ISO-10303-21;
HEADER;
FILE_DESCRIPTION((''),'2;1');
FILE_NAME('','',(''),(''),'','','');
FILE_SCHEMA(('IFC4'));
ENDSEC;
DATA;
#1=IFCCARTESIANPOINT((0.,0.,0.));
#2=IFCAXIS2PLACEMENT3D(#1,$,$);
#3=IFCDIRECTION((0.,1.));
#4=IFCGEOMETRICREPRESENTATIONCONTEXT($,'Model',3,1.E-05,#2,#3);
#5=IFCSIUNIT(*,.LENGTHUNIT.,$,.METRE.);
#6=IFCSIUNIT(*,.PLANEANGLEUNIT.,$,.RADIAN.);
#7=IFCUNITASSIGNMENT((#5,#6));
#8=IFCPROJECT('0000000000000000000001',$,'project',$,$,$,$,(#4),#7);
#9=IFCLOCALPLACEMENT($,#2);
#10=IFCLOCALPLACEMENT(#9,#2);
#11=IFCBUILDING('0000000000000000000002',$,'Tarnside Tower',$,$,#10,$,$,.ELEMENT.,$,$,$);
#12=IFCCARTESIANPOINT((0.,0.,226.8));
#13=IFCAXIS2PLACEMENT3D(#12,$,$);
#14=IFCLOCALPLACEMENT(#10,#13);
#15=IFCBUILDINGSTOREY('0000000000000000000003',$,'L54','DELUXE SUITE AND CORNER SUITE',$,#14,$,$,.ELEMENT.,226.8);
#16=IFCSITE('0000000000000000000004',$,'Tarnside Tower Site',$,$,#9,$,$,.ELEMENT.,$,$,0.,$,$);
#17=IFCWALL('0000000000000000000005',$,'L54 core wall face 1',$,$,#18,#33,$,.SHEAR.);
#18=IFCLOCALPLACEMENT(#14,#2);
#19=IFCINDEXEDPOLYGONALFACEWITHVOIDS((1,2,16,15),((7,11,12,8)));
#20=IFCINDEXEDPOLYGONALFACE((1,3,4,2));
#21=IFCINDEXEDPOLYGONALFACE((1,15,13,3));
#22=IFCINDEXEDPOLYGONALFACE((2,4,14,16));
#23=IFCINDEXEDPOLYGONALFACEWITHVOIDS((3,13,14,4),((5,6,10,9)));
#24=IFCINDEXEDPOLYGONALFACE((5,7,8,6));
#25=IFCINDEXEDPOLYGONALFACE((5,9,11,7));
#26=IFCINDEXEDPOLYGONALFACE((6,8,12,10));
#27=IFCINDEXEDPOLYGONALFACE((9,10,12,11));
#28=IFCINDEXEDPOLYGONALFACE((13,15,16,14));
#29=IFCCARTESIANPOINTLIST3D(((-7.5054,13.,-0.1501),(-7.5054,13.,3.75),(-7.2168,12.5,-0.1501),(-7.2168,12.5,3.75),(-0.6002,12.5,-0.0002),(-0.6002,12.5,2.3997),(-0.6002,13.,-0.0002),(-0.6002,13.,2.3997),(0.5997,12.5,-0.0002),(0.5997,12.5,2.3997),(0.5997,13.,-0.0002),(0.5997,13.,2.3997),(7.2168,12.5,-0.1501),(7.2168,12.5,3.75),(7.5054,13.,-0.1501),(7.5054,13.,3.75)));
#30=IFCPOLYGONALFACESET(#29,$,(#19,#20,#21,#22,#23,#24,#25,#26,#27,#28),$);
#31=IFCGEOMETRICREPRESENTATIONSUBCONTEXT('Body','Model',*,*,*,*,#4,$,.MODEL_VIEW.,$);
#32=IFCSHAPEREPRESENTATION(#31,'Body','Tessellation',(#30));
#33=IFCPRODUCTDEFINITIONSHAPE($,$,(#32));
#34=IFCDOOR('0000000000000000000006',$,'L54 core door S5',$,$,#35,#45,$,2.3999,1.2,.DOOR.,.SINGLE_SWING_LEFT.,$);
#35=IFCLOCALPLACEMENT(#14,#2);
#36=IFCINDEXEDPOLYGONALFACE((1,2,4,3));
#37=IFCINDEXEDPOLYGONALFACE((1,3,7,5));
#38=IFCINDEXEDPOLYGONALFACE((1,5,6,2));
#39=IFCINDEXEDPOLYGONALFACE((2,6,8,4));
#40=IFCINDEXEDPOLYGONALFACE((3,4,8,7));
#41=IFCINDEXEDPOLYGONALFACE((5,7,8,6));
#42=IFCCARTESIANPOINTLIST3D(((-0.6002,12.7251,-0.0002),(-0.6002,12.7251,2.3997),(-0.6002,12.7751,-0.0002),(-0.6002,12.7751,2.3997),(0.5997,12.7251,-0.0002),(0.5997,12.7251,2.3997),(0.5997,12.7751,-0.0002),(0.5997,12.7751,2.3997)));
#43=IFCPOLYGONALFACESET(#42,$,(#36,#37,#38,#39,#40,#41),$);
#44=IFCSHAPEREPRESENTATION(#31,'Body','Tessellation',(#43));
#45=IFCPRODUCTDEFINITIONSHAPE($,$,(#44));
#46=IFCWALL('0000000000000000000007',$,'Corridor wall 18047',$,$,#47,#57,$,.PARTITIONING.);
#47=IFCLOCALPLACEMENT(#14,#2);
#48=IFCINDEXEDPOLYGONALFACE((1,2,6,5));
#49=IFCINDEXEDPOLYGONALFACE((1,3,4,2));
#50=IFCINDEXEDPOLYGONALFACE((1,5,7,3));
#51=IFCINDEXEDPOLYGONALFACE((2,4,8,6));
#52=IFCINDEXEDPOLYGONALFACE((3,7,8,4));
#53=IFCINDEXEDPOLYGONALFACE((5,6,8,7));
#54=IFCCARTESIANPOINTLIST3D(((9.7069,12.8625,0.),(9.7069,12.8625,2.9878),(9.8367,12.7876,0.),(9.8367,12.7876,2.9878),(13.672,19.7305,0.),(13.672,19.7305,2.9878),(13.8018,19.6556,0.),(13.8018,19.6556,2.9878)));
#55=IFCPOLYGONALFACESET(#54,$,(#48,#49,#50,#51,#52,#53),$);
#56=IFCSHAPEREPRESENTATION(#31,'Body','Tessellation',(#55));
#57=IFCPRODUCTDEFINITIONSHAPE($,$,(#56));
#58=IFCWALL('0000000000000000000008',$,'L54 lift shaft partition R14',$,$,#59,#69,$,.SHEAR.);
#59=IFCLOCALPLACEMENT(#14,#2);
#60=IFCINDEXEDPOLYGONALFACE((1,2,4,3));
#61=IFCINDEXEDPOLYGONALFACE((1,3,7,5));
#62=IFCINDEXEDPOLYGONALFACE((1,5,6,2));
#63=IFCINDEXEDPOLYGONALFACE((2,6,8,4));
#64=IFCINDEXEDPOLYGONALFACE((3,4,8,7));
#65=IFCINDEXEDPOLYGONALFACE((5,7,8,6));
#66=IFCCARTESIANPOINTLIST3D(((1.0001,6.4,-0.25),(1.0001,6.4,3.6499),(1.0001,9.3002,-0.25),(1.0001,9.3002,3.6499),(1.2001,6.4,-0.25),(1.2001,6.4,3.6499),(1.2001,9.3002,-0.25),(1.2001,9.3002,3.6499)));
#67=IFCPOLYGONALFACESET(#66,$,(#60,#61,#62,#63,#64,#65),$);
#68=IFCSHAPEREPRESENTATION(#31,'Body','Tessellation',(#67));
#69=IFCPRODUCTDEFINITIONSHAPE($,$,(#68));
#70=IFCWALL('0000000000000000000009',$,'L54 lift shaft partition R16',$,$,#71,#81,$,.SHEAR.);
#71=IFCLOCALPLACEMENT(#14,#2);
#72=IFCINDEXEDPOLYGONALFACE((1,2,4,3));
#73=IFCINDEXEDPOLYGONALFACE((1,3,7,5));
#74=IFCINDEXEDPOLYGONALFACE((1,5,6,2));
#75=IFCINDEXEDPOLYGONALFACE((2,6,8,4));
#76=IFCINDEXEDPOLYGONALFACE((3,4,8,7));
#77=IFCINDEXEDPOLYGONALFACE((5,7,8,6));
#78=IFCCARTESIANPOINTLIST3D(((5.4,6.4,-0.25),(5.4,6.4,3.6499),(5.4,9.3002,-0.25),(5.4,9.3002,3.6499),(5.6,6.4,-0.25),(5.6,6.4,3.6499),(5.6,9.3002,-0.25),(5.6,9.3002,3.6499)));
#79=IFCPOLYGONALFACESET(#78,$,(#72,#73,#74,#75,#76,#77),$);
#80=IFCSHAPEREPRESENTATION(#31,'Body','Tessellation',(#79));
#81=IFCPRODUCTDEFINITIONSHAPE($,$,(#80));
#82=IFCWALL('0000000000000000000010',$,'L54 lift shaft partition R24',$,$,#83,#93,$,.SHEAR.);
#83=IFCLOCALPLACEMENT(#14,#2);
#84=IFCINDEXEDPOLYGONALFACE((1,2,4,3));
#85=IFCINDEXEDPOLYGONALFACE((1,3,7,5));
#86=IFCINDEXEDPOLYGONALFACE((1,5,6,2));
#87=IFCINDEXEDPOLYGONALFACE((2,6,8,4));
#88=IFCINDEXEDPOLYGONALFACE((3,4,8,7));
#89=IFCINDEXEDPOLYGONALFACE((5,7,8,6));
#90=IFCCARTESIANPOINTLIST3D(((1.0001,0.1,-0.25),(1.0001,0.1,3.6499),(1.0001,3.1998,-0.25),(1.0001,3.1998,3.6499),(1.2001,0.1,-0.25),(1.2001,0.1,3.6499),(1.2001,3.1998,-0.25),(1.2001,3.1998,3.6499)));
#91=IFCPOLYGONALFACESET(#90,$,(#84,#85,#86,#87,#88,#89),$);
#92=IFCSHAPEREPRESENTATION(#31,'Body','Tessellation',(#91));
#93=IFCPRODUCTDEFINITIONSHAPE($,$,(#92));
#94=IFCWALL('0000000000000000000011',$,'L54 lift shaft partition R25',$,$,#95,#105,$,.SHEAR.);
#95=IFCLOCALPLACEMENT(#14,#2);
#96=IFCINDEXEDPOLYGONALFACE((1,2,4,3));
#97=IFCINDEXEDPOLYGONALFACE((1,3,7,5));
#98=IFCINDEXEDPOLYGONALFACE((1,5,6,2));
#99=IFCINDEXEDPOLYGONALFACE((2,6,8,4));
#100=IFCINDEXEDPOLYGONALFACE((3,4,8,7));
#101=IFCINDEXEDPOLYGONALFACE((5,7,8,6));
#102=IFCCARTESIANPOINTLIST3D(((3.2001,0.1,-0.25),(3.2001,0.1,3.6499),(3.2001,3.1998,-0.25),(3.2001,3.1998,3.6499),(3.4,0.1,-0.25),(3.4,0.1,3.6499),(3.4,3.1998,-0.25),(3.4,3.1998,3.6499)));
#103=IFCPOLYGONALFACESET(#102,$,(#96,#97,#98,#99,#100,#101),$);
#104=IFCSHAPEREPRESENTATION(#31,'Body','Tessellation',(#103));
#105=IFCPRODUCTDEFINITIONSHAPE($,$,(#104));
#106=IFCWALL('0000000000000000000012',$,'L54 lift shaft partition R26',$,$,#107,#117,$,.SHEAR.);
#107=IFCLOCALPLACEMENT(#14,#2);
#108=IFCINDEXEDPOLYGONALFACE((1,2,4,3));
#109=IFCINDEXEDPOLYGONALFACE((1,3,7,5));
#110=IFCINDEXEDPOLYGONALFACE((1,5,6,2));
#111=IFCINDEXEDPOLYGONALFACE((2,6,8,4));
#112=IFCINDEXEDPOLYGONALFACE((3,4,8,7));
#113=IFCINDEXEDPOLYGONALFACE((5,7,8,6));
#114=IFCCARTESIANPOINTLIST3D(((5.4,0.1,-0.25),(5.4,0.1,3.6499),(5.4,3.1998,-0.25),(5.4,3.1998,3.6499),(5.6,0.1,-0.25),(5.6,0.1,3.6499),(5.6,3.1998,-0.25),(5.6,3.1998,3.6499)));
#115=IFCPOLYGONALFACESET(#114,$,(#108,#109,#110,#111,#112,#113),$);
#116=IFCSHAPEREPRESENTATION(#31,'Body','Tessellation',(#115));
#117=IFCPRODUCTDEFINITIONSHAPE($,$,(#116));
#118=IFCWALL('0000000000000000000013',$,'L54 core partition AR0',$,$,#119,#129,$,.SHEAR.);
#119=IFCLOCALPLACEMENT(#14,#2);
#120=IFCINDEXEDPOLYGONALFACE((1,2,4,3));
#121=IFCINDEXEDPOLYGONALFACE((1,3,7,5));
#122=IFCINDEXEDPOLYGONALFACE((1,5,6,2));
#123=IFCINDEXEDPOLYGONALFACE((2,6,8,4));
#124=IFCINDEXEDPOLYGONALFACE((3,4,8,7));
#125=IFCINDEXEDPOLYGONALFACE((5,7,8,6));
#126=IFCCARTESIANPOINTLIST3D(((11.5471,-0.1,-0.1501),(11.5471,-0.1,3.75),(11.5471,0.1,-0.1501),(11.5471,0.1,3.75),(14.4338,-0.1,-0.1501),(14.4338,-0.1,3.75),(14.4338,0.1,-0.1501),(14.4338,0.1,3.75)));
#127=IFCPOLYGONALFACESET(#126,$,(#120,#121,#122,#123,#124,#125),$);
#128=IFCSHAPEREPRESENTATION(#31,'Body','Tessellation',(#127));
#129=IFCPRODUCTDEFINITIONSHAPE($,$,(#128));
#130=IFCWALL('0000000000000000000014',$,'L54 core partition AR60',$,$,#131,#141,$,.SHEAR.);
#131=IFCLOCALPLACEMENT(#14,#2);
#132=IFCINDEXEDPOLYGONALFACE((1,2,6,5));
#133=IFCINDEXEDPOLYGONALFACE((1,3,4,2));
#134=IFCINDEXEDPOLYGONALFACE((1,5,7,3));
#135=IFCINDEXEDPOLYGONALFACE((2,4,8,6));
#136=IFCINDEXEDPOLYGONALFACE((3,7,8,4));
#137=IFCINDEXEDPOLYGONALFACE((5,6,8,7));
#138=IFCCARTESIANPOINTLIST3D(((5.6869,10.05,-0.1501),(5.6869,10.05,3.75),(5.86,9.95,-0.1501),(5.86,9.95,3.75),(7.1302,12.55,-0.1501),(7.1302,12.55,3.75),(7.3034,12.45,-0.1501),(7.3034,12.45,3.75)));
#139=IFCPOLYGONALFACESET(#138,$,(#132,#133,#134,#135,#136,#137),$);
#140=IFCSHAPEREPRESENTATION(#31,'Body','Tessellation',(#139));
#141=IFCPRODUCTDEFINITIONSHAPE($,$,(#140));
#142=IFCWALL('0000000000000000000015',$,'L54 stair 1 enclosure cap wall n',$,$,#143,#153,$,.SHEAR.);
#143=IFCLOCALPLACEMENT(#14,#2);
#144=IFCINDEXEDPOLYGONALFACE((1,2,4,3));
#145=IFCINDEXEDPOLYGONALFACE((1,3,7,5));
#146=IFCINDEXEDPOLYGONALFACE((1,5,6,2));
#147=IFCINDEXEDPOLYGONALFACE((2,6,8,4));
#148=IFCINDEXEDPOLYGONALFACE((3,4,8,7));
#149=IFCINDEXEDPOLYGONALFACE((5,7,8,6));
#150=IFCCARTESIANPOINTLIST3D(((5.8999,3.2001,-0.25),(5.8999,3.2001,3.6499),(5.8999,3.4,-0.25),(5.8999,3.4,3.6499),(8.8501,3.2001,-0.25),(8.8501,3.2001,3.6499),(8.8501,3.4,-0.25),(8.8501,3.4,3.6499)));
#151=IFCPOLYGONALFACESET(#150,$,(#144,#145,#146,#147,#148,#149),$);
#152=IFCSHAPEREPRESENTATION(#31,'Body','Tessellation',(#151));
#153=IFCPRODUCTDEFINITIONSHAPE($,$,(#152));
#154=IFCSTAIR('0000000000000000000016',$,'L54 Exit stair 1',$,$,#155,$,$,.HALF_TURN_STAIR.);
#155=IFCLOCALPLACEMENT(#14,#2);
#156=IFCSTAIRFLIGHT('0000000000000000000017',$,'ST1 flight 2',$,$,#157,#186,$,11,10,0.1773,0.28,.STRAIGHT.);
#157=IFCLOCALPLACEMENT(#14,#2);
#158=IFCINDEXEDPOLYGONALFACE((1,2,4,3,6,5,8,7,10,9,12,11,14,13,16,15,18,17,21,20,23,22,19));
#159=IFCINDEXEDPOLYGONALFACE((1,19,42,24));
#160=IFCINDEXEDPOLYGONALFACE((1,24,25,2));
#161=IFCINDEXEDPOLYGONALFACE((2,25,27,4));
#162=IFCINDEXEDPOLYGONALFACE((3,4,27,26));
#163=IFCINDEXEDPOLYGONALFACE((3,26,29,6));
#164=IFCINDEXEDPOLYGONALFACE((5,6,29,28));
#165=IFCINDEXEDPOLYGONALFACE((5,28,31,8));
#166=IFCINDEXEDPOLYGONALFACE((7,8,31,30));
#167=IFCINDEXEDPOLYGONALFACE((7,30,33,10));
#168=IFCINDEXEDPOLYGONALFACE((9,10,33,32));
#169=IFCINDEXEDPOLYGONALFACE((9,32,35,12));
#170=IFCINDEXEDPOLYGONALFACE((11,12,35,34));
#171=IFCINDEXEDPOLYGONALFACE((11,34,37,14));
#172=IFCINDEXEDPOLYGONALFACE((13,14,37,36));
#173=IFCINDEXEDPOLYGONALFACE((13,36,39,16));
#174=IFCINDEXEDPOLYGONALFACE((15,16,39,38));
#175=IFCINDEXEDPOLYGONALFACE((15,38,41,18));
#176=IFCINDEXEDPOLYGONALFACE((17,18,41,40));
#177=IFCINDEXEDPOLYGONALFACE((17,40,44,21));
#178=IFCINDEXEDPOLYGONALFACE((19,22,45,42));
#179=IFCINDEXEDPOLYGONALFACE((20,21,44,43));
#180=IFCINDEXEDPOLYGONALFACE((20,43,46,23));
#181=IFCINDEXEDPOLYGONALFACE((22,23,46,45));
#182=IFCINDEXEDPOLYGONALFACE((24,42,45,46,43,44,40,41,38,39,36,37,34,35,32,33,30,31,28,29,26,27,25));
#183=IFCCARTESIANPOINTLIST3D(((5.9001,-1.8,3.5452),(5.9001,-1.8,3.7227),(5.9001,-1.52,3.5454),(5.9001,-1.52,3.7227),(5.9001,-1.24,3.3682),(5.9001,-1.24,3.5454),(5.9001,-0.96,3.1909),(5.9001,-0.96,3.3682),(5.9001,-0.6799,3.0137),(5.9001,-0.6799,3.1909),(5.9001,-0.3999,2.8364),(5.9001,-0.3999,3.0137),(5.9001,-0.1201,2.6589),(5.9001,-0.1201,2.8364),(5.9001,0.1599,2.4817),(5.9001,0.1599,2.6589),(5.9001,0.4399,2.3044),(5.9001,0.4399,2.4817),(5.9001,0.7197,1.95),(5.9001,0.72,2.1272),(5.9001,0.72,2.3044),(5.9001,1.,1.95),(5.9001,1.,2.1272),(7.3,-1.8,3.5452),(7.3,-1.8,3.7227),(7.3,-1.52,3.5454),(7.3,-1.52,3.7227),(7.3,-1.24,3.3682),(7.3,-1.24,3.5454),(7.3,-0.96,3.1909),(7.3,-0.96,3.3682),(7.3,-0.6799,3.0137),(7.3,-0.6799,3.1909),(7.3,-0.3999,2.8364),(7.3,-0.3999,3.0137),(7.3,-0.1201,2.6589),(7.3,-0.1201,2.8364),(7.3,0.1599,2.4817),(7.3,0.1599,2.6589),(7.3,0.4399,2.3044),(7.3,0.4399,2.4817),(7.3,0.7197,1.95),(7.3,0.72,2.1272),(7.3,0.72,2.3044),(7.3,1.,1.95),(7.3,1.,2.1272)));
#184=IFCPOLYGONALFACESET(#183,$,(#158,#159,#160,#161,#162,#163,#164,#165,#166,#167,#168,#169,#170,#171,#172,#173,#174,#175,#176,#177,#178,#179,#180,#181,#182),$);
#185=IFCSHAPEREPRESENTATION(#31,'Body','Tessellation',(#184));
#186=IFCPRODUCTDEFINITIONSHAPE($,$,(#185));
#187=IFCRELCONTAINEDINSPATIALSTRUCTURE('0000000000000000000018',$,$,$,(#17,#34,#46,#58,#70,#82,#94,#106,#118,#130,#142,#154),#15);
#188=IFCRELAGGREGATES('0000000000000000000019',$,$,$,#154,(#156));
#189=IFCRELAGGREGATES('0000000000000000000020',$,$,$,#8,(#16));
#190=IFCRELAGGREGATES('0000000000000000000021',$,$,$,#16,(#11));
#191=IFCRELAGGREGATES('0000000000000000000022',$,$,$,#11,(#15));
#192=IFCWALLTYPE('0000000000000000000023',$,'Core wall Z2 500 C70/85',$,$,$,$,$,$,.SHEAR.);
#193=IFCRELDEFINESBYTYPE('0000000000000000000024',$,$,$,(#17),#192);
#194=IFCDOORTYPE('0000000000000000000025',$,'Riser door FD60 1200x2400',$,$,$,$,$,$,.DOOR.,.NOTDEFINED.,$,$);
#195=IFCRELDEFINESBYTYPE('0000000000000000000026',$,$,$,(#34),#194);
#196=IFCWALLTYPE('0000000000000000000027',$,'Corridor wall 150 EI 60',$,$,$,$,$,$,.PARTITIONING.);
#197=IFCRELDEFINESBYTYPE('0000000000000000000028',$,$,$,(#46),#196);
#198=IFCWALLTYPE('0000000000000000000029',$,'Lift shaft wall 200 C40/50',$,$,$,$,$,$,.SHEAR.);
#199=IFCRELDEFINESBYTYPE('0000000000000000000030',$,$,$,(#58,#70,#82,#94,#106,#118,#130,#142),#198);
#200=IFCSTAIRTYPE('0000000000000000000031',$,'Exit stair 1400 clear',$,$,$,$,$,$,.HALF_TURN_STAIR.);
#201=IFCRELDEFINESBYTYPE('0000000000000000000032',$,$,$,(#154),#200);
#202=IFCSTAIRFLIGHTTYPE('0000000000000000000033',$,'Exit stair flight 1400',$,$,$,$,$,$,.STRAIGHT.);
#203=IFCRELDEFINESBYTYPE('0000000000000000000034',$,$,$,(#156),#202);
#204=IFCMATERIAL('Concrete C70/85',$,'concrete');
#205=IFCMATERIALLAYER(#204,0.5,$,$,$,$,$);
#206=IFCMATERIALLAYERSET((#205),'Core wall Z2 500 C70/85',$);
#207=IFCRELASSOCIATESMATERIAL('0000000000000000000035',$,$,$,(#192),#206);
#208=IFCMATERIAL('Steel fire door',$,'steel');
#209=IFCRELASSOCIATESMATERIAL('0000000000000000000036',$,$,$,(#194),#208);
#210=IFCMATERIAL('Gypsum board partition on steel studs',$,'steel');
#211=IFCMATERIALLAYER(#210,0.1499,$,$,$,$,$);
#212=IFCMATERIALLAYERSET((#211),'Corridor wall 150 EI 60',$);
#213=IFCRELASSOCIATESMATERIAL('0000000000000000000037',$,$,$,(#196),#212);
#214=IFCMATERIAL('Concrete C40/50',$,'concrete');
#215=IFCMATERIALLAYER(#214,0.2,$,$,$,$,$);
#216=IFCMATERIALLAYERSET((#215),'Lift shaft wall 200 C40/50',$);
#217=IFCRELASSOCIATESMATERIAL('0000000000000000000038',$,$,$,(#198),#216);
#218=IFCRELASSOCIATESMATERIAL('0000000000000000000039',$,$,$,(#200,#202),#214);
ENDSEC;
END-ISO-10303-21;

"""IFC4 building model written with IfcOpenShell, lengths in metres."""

from ifc_helpers import new_model, si_unit, direction, frame, frame_2d, origin, place, context, subcontext, project, spatial, polyline, rectangle, outline, extrude, material, layer, layer_set, type_object, element, fill, aggregate, save


model = new_model("IFC4")

# Units and contexts
model_context = context("Model", 3, precision=1e-05, world=origin(), true_north=direction((0.0, 1.0)))
body_context = subcontext(model_context, "Body", "Model", "MODEL_VIEW")
ifc_project = project(units=[si_unit("LENGTHUNIT", "METRE"), si_unit("PLANEANGLEUNIT", "RADIAN")], contexts=[model_context])

# Site, building, storey
site_placement = place(None, origin())
site = spatial("IfcSite", under=ifc_project, at=site_placement, Name="Tarnside Tower Site", CompositionType="ELEMENT", RefElevation=0.0)
building_placement = place(site_placement, origin())
building = spatial("IfcBuilding", under=site, at=building_placement, Name="Tarnside Tower", CompositionType="ELEMENT")
storey_placement = place(building_placement, frame((0.0, 0.0, 226.8)))
storey = spatial("IfcBuildingStorey", under=building, at=storey_placement, Name="L54", Description="DELUXE SUITE AND CORNER SUITE", CompositionType="ELEMENT", Elevation=226.8)

# Shared definitions
ifc_material_1 = material(Name="Concrete C40/50", Category="concrete")

# Shared definitions
ifc_material_2 = material(Name="Gypsum board partition on steel studs", Category="steel")

# Shared definitions
ifc_material_3 = material(Name="Steel fire door", Category="steel")

# Wall, opening, door
ifc_material_4 = material(Name="Concrete C70/85", Category="concrete")
ifc_layer_1 = layer(ifc_material_4, 0.5)
ifc_layer_set_1 = layer_set([ifc_layer_1], Name="Core wall Z2 500 C70/85")
wall_type_1 = type_object("IfcWallType", Name="Core wall Z2 500 C70/85", PredefinedType="SHEAR", material=ifc_layer_set_1)
wall_1_placement = place(storey_placement, frame((7.3611, 12.75, -0.1501), z_axis=(0.0, 0.0, 1.0), x_axis=(-1.0, 0.0, 0.0)))
wall_1 = element("IfcWall", 1, at=wall_1_placement, inside=storey, type_object=wall_type_1, Name="L54 core wall face 1", PredefinedType="SHEAR", context=body_context, shape_type="SweptSolid", body=[
    extrude(outline(polyline([(-0.1443, -0.25), (14.8665, -0.25), (14.5779, 0.25), (0.1443, 0.25), (-0.1443, -0.25)])), origin(), (0.0, 0.0, 1.0), 3.9001),
])
opening_1_placement = place(wall_1_placement, frame((6.7612, 0.0, 0.1499)))
opening_1 = element("IfcOpeningElement", 2, at=opening_1_placement, cuts=wall_1, PredefinedType="OPENING", context=body_context, shape_type="SweptSolid", body=[
    extrude(rectangle(XDim=1.2, YDim=2.3999, at=frame_2d((0.6001, 1.2))), frame((0.0, 0.26, 0.0), z_axis=(0.0, -1.0, 0.0), x_axis=(1.0, 0.0, 0.0)), (0.0, 0.0, 1.0), 0.52),
])
door_type_1 = type_object("IfcDoorType", Name="Riser door FD60 1200x2400", OperationType="NOTDEFINED", PredefinedType="DOOR", material=ifc_material_3)
door_1_placement = place(opening_1_placement, origin())
door_1 = element("IfcDoor", 3, at=door_1_placement, inside=storey, type_object=door_type_1, Name="L54 core door S5", OperationType="SINGLE_SWING_LEFT", OverallHeight=2.3999, OverallWidth=1.2, PredefinedType="DOOR", context=body_context, shape_type="SweptSolid", body=[
    extrude(rectangle(XDim=1.2, YDim=2.3999, at=frame_2d((0.6001, 1.2))), frame((0.0, 0.0249, 0.0), z_axis=(0.0, -1.0, 0.0), x_axis=(1.0, 0.0, 0.0)), (0.0, 0.0, 1.0), 0.05),
])
fill(opening_1, door_1)

# Walls
ifc_layer_2 = layer(ifc_material_2, 0.1499)
ifc_layer_set_2 = layer_set([ifc_layer_2], Name="Corridor wall 150 EI 60")
wall_type_2 = type_object("IfcWallType", Name="Corridor wall 150 EI 60", PredefinedType="PARTITIONING", material=ifc_layer_set_2)
wall_2_placement = place(storey_placement, frame((9.7717, 12.825, 0.0), z_axis=(0.0, 0.0, 1.0), x_axis=(0.49999, 0.866031, 0.0)))
element("IfcWall", 4, at=wall_2_placement, inside=storey, type_object=wall_type_2, Name="Corridor wall 18047", PredefinedType="PARTITIONING", context=body_context, shape_type="SweptSolid", body=[
    extrude(rectangle(XDim=7.9304, YDim=0.1499, at=frame_2d((3.9653, 0.0))), origin(), (0.0, 0.0, 1.0), 2.9878),
])
ifc_layer_3 = layer(ifc_material_1, 0.2)
ifc_layer_set_3 = layer_set([ifc_layer_3], Name="Lift shaft wall 200 C40/50")
wall_type_3 = type_object("IfcWallType", Name="Lift shaft wall 200 C40/50", PredefinedType="SHEAR", material=ifc_layer_set_3)
for number, where, z_axis, x_axis, name in (
    (5, (1.1001, 6.3999, -0.25), (0.0, 0.0, 1.0), (0.0, 1.0, 0.0), "L54 lift shaft partition R14"),
    (6, (5.5, 6.3999, -0.25), (0.0, 0.0, 1.0), (0.0, 1.0, 0.0), "L54 lift shaft partition R16"),
):
    element("IfcWall", number, at=place(storey_placement, frame(where, z_axis=z_axis, x_axis=x_axis)), inside=storey, type_object=wall_type_3, Name=name, PredefinedType="SHEAR", context=body_context, shape_type="SweptSolid", body=[
        extrude(rectangle(XDim=2.9001, YDim=0.2, at=frame_2d((1.4502, 0.0))), origin(), (0.0, 0.0, 1.0), 3.8999),
    ])
for number, where, z_axis, x_axis, name in (
    (7, (1.1001, 0.1001, -0.25), (0.0, 0.0, 1.0), (0.0, 1.0, 0.0), "L54 lift shaft partition R24"),
    (8, (3.3, 0.1001, -0.25), (0.0, 0.0, 1.0), (0.0, 1.0, 0.0), "L54 lift shaft partition R25"),
    (9, (5.5, 0.1001, -0.25), (0.0, 0.0, 1.0), (0.0, 1.0, 0.0), "L54 lift shaft partition R26"),
):
    element("IfcWall", number, at=place(storey_placement, frame(where, z_axis=z_axis, x_axis=x_axis)), inside=storey, type_object=wall_type_3, Name=name, PredefinedType="SHEAR", context=body_context, shape_type="SweptSolid", body=[
        extrude(rectangle(XDim=3.0999, YDim=0.2, at=frame_2d((1.5498, 0.0))), origin(), (0.0, 0.0, 1.0), 3.8999),
    ])
for number, where, z_axis, x_axis, name in (
    (10, (11.5471, 0.0, -0.1501), (0.0, 0.0, 1.0), (1.0, 0.0, 0.0), "L54 core partition AR0"),
    (11, (5.7734, 10.0, -0.1501), (0.0, 0.0, 1.0), (0.499996, 0.866028, 0.0), "L54 core partition AR60"),
):
    element("IfcWall", number, at=place(storey_placement, frame(where, z_axis=z_axis, x_axis=x_axis)), inside=storey, type_object=wall_type_3, Name=name, PredefinedType="SHEAR", context=body_context, shape_type="SweptSolid", body=[
        extrude(rectangle(XDim=2.8867, YDim=0.2, at=frame_2d((1.4434, 0.0))), origin(), (0.0, 0.0, 1.0), 3.9001),
    ])
wall_3_placement = place(storey_placement, frame((5.8999, 3.3, -0.25), z_axis=(0.0, 0.0, 1.0), x_axis=(1.0, 0.0, 0.0)))
element("IfcWall", 12, at=wall_3_placement, inside=storey, type_object=wall_type_3, Name="L54 stair 1 enclosure cap wall n", PredefinedType="SHEAR", context=body_context, shape_type="SweptSolid", body=[
    extrude(rectangle(XDim=2.9502, YDim=0.2, at=frame_2d((1.4751, 0.0))), origin(), (0.0, 0.0, 1.0), 3.8999),
])

# Stair, stair flight
stair_type = type_object("IfcStairType", Name="Exit stair 1400 clear", PredefinedType="HALF_TURN_STAIR", material=ifc_material_1)
stair_placement = place(storey_placement, origin())
stair = element("IfcStair", 13, at=stair_placement, inside=storey, type_object=stair_type, Name="L54 Exit stair 1", PredefinedType="HALF_TURN_STAIR")
stair_flight_type = type_object("IfcStairFlightType", Name="Exit stair flight 1400", PredefinedType="STRAIGHT", material=ifc_material_1)
stair_flight_placement = place(storey_placement, frame((6.6001, 1.0, 1.95), z_axis=(0.0, 0.0, 1.0), x_axis=(0.0, -1.0, 0.0)))
stair_flight = element("IfcStairFlight", 14, at=stair_flight_placement, type_object=stair_flight_type, Name="ST1 flight 2", NumberOfRisers=11, NumberOfTreads=10, PredefinedType="STRAIGHT", RiserHeight=0.1773, TreadLength=0.28, context=body_context, shape_type="SweptSolid", body=[
    extrude(outline(polyline([(0.0, 0.0), (0.0, 0.1772), (0.28, 0.1772), (0.28, 0.3545), (0.5601, 0.3545), (0.5601, 0.5317), (0.8401, 0.5317), (0.8401, 0.709), (1.1201, 0.709), (1.1201, 0.8865), (1.3999, 0.8865), (1.3999, 1.0637), (1.6799, 1.0637), (1.6799, 1.241), (1.96, 1.241), (1.96, 1.4182), (2.24, 1.4182), (2.24, 1.5955), (2.52, 1.5955), (2.52, 1.7727), (2.8, 1.7727), (2.8, 1.95), (2.8, 1.5952), (0.2803, 0.0), (0.0, 0.0)])), frame((0.0, 0.7, 0.0), z_axis=(0.0, -1.0, 0.0), x_axis=(1.0, 0.0, 0.0)), (0.0, 0.0, 1.0), 1.3999),
])
aggregate(stair, [stair_flight])

save(model, "model.ifc")
